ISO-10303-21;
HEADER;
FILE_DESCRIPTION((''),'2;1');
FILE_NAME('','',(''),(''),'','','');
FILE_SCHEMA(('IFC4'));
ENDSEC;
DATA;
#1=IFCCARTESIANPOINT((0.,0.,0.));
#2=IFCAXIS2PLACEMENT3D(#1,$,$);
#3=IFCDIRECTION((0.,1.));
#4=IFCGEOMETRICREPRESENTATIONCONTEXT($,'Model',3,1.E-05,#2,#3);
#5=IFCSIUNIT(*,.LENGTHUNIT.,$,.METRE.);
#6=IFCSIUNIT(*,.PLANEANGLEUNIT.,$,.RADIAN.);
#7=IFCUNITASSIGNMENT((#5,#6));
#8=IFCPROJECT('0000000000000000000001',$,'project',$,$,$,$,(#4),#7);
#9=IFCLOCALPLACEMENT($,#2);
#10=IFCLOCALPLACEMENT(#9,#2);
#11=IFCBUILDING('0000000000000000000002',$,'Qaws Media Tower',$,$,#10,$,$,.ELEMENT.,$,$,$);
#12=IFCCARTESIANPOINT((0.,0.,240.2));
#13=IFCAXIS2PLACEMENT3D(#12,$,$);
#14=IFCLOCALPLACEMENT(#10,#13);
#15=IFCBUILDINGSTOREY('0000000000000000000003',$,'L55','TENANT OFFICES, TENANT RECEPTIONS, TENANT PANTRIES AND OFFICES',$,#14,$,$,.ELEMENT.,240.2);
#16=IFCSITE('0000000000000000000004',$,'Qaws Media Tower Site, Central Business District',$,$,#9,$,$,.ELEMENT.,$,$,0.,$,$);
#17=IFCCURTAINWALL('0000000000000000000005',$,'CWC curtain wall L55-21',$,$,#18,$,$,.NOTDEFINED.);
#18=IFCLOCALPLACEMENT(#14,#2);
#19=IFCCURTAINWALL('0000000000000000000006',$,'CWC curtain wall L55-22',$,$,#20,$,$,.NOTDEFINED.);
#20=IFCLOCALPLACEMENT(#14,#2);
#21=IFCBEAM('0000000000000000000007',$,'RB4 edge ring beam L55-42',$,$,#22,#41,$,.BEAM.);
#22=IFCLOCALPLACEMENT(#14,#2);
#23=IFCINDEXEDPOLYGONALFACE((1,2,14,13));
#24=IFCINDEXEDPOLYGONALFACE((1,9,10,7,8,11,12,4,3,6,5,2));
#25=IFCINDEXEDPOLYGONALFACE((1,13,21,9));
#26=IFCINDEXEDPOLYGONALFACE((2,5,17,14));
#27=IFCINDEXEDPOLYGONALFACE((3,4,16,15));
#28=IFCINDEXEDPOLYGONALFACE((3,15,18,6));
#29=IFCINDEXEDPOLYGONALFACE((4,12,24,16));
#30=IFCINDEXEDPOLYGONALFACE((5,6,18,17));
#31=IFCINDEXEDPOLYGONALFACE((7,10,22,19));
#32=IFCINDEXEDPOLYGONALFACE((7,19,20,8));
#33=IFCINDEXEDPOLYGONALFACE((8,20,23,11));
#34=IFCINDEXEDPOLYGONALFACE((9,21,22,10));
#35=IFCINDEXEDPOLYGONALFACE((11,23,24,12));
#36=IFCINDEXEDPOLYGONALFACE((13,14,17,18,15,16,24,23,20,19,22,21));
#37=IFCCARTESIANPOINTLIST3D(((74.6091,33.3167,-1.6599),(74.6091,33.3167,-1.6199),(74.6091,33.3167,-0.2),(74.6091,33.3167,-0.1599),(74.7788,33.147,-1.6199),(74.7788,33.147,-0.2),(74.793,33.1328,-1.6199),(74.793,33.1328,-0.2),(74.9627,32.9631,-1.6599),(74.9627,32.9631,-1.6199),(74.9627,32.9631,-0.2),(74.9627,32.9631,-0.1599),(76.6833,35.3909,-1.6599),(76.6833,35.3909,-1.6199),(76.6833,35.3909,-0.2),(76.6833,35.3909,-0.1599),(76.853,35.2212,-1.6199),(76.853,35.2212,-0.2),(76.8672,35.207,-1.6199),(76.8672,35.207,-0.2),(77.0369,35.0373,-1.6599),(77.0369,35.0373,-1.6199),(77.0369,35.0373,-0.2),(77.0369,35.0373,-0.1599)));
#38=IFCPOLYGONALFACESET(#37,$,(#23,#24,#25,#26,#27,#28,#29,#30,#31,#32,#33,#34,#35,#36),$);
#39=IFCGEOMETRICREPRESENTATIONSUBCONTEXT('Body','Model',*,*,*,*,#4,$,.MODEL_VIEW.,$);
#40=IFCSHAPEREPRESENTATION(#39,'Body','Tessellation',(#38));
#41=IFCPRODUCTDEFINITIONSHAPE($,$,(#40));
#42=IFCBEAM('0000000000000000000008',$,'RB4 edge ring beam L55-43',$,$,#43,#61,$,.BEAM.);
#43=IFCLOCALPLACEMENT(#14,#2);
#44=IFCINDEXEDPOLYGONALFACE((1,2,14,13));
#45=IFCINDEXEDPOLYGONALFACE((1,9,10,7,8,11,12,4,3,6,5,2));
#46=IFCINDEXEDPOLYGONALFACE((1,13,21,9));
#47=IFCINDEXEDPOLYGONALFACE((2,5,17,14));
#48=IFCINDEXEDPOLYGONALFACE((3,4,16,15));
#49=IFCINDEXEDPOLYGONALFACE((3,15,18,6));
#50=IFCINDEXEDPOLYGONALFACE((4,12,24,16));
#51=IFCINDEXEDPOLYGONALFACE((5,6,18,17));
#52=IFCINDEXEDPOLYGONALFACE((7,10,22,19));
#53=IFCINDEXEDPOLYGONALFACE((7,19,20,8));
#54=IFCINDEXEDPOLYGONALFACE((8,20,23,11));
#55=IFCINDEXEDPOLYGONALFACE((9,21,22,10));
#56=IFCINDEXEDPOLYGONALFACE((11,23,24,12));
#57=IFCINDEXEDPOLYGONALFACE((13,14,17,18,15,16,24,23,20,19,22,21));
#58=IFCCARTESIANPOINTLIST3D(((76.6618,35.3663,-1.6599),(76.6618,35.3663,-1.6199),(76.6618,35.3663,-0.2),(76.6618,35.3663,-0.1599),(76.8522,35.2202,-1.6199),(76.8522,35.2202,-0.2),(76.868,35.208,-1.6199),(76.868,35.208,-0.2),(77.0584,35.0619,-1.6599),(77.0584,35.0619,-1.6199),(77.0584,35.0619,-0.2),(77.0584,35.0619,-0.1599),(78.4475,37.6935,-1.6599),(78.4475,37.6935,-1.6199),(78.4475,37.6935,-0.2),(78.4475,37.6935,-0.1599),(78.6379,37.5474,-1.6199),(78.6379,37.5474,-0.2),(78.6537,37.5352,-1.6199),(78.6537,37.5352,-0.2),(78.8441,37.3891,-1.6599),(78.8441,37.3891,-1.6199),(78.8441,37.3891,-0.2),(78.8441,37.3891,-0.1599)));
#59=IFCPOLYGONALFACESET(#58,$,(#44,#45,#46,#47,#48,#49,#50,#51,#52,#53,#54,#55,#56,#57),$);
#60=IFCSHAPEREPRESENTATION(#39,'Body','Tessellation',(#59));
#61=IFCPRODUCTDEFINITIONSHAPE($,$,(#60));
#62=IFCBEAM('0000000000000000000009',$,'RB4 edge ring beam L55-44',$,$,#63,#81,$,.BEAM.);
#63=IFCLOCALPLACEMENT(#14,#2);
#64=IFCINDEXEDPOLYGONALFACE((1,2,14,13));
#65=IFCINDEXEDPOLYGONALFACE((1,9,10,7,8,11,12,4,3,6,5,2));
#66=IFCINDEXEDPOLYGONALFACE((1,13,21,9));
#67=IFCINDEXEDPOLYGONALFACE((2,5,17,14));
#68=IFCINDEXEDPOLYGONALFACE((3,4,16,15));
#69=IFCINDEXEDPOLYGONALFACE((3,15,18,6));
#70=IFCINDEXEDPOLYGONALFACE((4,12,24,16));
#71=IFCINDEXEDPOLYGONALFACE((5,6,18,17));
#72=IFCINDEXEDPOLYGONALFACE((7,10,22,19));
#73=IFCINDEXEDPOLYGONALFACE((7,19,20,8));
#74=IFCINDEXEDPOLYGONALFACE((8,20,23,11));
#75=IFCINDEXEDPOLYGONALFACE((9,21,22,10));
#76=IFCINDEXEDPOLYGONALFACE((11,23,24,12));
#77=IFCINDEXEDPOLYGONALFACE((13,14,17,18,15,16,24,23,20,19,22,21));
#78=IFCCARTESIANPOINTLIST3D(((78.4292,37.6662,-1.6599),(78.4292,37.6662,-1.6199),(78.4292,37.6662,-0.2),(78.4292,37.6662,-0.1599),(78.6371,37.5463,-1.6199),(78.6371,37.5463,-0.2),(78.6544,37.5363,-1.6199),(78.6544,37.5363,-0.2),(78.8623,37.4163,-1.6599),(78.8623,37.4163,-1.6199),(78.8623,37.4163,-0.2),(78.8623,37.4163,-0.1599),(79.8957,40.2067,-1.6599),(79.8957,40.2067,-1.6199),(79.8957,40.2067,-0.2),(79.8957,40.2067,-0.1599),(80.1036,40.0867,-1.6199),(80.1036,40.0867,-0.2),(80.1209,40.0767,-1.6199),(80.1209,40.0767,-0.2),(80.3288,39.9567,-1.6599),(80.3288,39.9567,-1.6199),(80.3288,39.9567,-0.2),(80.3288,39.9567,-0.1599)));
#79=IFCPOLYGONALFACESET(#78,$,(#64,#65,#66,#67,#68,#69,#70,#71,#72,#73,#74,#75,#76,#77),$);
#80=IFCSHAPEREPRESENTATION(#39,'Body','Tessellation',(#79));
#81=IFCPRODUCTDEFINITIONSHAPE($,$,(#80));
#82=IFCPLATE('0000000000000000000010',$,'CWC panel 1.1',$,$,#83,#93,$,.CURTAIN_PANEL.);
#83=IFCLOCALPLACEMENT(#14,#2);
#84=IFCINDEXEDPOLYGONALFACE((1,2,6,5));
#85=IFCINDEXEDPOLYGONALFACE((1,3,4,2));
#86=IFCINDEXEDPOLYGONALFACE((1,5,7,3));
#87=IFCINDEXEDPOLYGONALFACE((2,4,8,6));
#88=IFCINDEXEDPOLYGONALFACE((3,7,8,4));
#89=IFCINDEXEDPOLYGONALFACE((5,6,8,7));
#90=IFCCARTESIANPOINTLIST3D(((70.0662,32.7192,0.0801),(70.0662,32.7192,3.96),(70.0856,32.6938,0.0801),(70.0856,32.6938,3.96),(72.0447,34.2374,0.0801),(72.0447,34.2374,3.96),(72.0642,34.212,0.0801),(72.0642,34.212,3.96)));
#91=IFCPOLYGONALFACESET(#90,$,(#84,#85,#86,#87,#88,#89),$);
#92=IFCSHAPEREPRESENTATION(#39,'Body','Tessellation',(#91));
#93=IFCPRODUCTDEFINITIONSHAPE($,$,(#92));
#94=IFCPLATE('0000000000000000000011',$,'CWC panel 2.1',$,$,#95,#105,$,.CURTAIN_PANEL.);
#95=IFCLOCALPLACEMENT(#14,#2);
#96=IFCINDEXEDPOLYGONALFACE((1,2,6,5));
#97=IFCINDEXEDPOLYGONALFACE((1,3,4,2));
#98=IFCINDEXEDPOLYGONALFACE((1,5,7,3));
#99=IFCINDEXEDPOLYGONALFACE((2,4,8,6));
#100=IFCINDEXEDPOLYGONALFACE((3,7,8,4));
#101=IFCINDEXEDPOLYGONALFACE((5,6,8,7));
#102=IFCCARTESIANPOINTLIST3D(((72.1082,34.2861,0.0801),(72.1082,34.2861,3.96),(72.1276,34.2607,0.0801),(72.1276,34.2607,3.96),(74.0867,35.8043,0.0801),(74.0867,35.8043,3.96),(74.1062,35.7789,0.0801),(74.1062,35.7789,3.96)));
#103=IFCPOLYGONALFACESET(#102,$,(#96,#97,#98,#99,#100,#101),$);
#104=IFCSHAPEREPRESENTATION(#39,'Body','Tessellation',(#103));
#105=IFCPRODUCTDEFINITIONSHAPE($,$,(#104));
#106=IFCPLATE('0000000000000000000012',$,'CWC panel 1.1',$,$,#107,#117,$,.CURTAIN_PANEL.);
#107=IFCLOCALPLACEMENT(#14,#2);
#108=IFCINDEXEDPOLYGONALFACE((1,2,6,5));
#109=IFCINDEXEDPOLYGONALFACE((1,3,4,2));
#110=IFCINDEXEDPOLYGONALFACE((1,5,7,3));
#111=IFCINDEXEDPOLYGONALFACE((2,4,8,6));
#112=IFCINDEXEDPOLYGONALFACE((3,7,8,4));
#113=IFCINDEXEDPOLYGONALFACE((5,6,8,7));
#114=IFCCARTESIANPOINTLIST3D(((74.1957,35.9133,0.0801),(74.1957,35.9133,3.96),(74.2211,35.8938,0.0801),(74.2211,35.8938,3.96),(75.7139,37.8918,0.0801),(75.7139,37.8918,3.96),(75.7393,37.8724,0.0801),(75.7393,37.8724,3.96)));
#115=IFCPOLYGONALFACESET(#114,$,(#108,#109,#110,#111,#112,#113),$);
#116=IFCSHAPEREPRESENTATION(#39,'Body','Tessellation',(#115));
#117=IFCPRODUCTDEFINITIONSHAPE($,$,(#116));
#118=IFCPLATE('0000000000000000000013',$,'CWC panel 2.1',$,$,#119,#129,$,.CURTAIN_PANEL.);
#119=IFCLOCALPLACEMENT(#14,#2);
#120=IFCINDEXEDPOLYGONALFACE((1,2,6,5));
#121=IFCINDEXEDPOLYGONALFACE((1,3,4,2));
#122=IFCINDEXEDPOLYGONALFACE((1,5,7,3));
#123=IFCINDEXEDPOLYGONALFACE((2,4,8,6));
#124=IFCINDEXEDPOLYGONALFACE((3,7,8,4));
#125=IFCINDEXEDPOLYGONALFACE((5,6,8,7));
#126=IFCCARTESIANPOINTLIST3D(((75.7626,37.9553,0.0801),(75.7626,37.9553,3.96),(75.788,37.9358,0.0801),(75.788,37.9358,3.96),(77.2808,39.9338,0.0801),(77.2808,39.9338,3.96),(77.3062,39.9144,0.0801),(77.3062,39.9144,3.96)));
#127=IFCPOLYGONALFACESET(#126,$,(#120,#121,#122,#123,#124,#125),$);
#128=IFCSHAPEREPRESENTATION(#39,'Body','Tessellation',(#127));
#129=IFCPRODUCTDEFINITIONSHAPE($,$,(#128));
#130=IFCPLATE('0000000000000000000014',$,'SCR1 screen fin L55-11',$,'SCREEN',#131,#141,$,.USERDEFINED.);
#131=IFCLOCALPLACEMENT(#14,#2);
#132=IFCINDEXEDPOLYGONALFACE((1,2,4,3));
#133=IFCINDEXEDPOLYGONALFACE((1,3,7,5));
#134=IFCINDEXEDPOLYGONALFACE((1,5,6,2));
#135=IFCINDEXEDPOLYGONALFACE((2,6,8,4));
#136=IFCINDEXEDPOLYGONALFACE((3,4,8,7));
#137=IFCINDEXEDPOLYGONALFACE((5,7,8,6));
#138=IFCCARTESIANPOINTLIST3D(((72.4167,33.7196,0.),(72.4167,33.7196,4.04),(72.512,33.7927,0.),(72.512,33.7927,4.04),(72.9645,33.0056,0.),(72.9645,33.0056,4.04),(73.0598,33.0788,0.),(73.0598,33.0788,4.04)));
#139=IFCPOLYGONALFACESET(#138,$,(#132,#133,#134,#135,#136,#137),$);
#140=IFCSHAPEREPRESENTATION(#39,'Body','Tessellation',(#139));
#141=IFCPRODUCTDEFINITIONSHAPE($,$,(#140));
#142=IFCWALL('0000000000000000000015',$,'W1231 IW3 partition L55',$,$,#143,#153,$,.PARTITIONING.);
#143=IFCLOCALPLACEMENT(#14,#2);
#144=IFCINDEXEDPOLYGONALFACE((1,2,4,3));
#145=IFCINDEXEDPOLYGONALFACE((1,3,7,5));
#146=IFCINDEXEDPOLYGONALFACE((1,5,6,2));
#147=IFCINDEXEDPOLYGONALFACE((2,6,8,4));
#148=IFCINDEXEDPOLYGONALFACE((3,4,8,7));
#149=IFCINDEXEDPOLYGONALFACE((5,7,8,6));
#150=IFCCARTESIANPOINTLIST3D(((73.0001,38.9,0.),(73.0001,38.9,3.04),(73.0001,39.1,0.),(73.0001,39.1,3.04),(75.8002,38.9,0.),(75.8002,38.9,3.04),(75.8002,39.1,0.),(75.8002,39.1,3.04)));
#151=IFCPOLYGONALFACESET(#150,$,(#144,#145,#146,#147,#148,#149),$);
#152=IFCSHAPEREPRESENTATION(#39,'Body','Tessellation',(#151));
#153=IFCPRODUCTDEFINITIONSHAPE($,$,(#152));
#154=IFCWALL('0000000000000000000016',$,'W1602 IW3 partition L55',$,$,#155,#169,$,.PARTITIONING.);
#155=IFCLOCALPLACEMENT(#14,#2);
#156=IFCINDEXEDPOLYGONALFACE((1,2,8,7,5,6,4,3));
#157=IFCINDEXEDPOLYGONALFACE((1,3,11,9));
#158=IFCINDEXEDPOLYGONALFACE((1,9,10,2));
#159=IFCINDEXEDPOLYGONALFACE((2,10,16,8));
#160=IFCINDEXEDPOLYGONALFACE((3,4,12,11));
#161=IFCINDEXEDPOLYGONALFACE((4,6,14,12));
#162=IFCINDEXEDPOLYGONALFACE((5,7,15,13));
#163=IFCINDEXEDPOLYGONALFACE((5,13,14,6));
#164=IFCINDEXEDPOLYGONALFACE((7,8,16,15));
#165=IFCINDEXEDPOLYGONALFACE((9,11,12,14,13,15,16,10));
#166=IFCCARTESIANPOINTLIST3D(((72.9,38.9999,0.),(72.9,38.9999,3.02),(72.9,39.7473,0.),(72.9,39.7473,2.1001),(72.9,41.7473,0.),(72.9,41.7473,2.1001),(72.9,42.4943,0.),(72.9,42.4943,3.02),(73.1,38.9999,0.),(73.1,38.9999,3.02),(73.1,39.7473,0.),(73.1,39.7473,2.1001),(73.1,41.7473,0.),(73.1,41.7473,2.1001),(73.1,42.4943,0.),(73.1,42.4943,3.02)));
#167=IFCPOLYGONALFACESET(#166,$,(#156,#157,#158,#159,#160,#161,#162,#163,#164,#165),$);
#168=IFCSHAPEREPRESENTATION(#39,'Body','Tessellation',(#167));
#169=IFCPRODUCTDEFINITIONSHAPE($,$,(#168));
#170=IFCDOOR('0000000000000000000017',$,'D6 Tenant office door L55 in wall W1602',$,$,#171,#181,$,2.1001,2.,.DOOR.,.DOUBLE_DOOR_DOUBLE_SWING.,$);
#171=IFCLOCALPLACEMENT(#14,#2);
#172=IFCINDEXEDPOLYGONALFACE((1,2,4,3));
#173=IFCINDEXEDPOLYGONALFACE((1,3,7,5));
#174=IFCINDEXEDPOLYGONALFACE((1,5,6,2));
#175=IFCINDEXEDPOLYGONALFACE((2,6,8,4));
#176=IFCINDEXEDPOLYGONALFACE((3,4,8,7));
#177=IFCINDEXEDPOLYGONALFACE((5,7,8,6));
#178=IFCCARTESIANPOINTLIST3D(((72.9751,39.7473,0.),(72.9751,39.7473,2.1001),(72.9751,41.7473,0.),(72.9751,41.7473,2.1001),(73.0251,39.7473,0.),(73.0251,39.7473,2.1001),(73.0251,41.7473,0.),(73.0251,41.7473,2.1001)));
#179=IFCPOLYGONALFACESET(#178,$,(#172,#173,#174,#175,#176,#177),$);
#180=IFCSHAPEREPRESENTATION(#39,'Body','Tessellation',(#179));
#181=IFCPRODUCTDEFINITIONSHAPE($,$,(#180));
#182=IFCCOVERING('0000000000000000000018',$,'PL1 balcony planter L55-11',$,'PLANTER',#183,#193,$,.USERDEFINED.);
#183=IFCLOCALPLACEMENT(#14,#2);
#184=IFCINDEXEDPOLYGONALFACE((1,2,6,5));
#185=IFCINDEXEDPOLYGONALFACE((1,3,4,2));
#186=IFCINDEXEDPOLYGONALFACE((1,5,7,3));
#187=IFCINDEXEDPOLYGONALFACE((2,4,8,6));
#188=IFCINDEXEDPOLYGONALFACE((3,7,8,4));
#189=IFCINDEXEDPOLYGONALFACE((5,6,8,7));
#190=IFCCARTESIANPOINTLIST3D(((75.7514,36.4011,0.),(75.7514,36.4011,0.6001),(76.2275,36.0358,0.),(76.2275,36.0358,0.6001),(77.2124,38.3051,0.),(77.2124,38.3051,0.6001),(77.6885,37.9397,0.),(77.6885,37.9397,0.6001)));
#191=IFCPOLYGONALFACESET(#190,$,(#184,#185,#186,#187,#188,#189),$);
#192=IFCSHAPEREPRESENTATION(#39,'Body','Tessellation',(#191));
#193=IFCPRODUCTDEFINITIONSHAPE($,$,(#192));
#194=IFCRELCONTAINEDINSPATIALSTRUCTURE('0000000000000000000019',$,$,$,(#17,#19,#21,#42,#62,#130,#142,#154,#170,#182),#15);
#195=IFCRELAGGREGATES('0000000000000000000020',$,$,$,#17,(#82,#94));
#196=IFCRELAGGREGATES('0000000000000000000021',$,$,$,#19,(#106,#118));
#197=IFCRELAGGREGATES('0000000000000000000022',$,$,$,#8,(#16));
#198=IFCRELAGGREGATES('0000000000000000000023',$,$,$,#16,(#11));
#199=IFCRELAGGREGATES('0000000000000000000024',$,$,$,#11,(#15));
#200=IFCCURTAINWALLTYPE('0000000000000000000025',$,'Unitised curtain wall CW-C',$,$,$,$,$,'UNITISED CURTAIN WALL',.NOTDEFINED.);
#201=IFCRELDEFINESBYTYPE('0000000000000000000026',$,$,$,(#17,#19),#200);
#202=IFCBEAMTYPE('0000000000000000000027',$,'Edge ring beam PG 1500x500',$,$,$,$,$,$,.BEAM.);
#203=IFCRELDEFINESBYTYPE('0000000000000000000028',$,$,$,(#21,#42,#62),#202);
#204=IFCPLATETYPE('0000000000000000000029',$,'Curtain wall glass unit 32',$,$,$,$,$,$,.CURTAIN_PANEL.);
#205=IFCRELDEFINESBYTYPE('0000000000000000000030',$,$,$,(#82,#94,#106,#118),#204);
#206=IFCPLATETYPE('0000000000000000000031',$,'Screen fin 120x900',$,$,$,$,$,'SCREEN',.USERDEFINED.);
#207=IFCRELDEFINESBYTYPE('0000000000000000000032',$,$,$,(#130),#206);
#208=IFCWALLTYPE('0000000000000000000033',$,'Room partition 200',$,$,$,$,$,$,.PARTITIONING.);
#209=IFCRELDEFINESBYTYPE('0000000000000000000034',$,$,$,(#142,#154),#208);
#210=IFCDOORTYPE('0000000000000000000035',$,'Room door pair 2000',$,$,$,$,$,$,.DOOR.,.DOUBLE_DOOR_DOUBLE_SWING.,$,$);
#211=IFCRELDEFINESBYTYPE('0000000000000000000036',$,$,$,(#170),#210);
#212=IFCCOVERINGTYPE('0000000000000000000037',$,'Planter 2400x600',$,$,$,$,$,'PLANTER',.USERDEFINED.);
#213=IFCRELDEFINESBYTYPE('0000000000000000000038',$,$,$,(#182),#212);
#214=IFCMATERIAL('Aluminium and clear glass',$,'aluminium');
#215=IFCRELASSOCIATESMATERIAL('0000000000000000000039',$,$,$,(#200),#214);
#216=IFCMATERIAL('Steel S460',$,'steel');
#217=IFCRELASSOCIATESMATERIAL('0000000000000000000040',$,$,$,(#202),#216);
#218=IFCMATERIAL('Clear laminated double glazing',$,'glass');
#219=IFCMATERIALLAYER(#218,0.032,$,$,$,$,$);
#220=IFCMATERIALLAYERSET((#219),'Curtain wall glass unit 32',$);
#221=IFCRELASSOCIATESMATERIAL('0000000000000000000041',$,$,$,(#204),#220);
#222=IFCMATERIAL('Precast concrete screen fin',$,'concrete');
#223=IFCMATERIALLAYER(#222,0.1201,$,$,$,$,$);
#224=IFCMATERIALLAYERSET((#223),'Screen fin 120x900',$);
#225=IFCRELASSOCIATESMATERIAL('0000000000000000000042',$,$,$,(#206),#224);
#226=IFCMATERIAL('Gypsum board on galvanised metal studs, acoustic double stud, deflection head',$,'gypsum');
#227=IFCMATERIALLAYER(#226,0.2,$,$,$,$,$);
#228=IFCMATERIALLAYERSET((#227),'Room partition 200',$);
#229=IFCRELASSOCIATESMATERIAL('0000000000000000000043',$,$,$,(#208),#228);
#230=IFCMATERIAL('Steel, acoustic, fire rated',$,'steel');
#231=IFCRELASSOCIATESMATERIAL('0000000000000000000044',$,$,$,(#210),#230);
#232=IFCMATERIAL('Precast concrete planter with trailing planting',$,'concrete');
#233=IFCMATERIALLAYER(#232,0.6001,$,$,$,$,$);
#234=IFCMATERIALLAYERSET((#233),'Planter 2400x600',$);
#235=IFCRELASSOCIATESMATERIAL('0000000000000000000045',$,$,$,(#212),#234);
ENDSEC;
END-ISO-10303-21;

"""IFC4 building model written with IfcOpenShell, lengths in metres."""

from ifc_helpers import new_model, si_unit, direction, frame, frame_2d, origin, origin_2d, place, context, subcontext, project, spatial, rectangle, i_section, extrude, material, layer, layer_set, material_profile, profile_set, type_object, element, fill, aggregate, save


model = new_model("IFC4")

# Units and contexts
model_context = context("Model", 3, precision=1e-05, world=origin(), true_north=direction((0.0, 1.0)))
body_context = subcontext(model_context, "Body", "Model", "MODEL_VIEW")
ifc_project = project(units=[si_unit("LENGTHUNIT", "METRE"), si_unit("PLANEANGLEUNIT", "RADIAN")], contexts=[model_context])

# Site, building, storey
site_placement = place(None, origin())
site = spatial("IfcSite", under=ifc_project, at=site_placement, Name="Qaws Media Tower Site, Central Business District", CompositionType="ELEMENT", RefElevation=0.0)
building_placement = place(site_placement, origin())
building = spatial("IfcBuilding", under=site, at=building_placement, Name="Qaws Media Tower", CompositionType="ELEMENT")
storey_placement = place(building_placement, frame((0.0, 0.0, 240.2)))
storey = spatial("IfcBuildingStorey", under=building, at=storey_placement, Name="L55", Description="TENANT OFFICES, TENANT RECEPTIONS, TENANT PANTRIES AND OFFICES", CompositionType="ELEMENT", Elevation=240.2)

# Curtain walls
ifc_material_1 = material(Name="Aluminium and clear glass", Category="aluminium")
curtain_wall_type = type_object("IfcCurtainWallType", Name="Unitised curtain wall CW-C", ElementType="UNITISED CURTAIN WALL", PredefinedType="NOTDEFINED", material=ifc_material_1)
curtain_wall_1_placement = place(storey_placement, origin())
curtain_wall_1 = element("IfcCurtainWall", 1, at=curtain_wall_1_placement, inside=storey, type_object=curtain_wall_type, Name="CWC curtain wall L55-21", PredefinedType="NOTDEFINED")
curtain_wall_2_placement = place(storey_placement, origin())
curtain_wall_2 = element("IfcCurtainWall", 2, at=curtain_wall_2_placement, inside=storey, type_object=curtain_wall_type, Name="CWC curtain wall L55-22", PredefinedType="NOTDEFINED")

# Beams
ifc_material_2 = material(Name="Steel S460", Category="steel")
ifc_material_profile_1 = material_profile(ifc_material_2, i_section(OverallWidth=0.5, OverallDepth=1.5, WebThickness=0.02, FlangeThickness=0.04, at=origin_2d()), Name="PG 1500x500")
ifc_profile_set_1 = profile_set([ifc_material_profile_1], Name="Steel S460")
beam_type = type_object("IfcBeamType", Name="Edge ring beam PG 1500x500", PredefinedType="BEAM", material=ifc_profile_set_1)
for number, where, z_axis, x_axis, name in (
    (3, (74.7859, 33.1399, -0.9099), (0.707107, 0.707107, 0.0), (-0.707107, 0.707107, 0.0), "RB4 edge ring beam L55-42"),
    (4, (76.8601, 35.2141, -0.9099), (0.608753, 0.79336, 0.0), (-0.79336, 0.608753, 0.0), "RB4 edge ring beam L55-43"),
    (5, (78.6458, 37.5413, -0.9099), (0.499943, 0.866058, 0.0), (-0.866058, 0.499943, 0.0), "RB4 edge ring beam L55-44"),
):
    element("IfcBeam", number, at=place(storey_placement, frame(where, z_axis=z_axis, x_axis=x_axis)), inside=storey, type_object=beam_type, Name=name, PredefinedType="BEAM", context=body_context, shape_type="SweptSolid", body=[
        extrude(i_section(OverallWidth=0.5, OverallDepth=1.5, WebThickness=0.02, FlangeThickness=0.04, at=origin_2d()), origin(), (0.0, 0.0, 1.0), 2.9333),
    ])

# Plates
ifc_material_3 = material(Name="Clear laminated double glazing", Category="glass")
ifc_layer_1 = layer(ifc_material_3, 0.032)
ifc_layer_set_1 = layer_set([ifc_layer_1], Name="Curtain wall glass unit 32")
plate_type_1 = type_object("IfcPlateType", Name="Curtain wall glass unit 32", PredefinedType="CURTAIN_PANEL", material=ifc_layer_set_1)
plate_1_placement = place(storey_placement, frame((71.0652, 33.4656, 0.0801), z_axis=(0.0, 0.0, 1.0), x_axis=(0.793353, 0.608762, 0.0)))
plate_1 = element("IfcPlate", 6, at=plate_1_placement, type_object=plate_type_1, Name="CWC panel 1.1", PredefinedType="CURTAIN_PANEL", context=body_context, shape_type="SweptSolid", body=[
    extrude(rectangle(XDim=2.4939, YDim=0.032, at=origin_2d()), origin(), (0.0, 0.0, 1.0), 3.8799),
])
plate_2_placement = place(storey_placement, frame((73.1072, 35.0325, 0.0801), z_axis=(0.0, 0.0, 1.0), x_axis=(0.793353, 0.608762, 0.0)))
plate_2 = element("IfcPlate", 7, at=plate_2_placement, type_object=plate_type_1, Name="CWC panel 2.1", PredefinedType="CURTAIN_PANEL", context=body_context, shape_type="SweptSolid", body=[
    extrude(rectangle(XDim=2.4939, YDim=0.032, at=origin_2d()), origin(), (0.0, 0.0, 1.0), 3.8799),
])
aggregate(curtain_wall_1, [plate_1, plate_2])
plate_3_placement = place(storey_placement, frame((74.9675, 36.8928, 0.0801), z_axis=(0.0, 0.0, 1.0), x_axis=(0.608762, 0.793353, 0.0)))
plate_3 = element("IfcPlate", 8, at=plate_3_placement, type_object=plate_type_1, Name="CWC panel 1.1", PredefinedType="CURTAIN_PANEL", context=body_context, shape_type="SweptSolid", body=[
    extrude(rectangle(XDim=2.4939, YDim=0.032, at=origin_2d()), origin(), (0.0, 0.0, 1.0), 3.8799),
])
plate_4_placement = place(storey_placement, frame((76.5344, 38.9348, 0.0801), z_axis=(0.0, 0.0, 1.0), x_axis=(0.608762, 0.793353, 0.0)))
plate_4 = element("IfcPlate", 9, at=plate_4_placement, type_object=plate_type_1, Name="CWC panel 2.1", PredefinedType="CURTAIN_PANEL", context=body_context, shape_type="SweptSolid", body=[
    extrude(rectangle(XDim=2.4939, YDim=0.032, at=origin_2d()), origin(), (0.0, 0.0, 1.0), 3.8799),
])
aggregate(curtain_wall_2, [plate_3, plate_4])
ifc_material_4 = material(Name="Precast concrete screen fin", Category="concrete")
ifc_layer_2 = layer(ifc_material_4, 0.1201)
ifc_layer_set_2 = layer_set([ifc_layer_2], Name="Screen fin 120x900")
plate_type_2 = type_object("IfcPlateType", Name="Screen fin 120x900", ElementType="SCREEN", PredefinedType="USERDEFINED", material=ifc_layer_set_2)
plate_5_placement = place(storey_placement, frame((72.7383, 33.3992, 0.0), z_axis=(0.0, 0.0, 1.0), x_axis=(0.608761, -0.793353, 0.0)))
element("IfcPlate", 10, at=plate_5_placement, inside=storey, type_object=plate_type_2, Name="SCR1 screen fin L55-11", ObjectType="SCREEN", PredefinedType="USERDEFINED", context=body_context, shape_type="SweptSolid", body=[
    extrude(rectangle(XDim=0.8999, YDim=0.1201, at=origin_2d()), origin(), (0.0, 0.0, 1.0), 4.04),
])

# Wall
ifc_material_5 = material(Name="Gypsum board on galvanised metal studs, acoustic double stud, deflection head", Category="gypsum")
ifc_layer_3 = layer(ifc_material_5, 0.2)
ifc_layer_set_3 = layer_set([ifc_layer_3], Name="Room partition 200")
wall_type = type_object("IfcWallType", Name="Room partition 200", PredefinedType="PARTITIONING", material=ifc_layer_set_3)
wall_1_placement = place(storey_placement, frame((75.8, 39.0, 0.0), z_axis=(0.0, 0.0, 1.0), x_axis=(-1.0, 0.0, 0.0)))
element("IfcWall", 11, at=wall_1_placement, inside=storey, type_object=wall_type, Name="W1231 IW3 partition L55", PredefinedType="PARTITIONING", context=body_context, shape_type="SweptSolid", body=[
    extrude(rectangle(XDim=2.8, YDim=0.2, at=frame_2d((1.3999, 0.0))), origin(), (0.0, 0.0, 1.0), 3.04),
])

# Wall, opening, door
wall_2_placement = place(storey_placement, frame((73.0, 39.0, 0.0), z_axis=(0.0, 0.0, 1.0), x_axis=(0.0, 1.0, 0.0)))
wall_2 = element("IfcWall", 12, at=wall_2_placement, inside=storey, type_object=wall_type, Name="W1602 IW3 partition L55", PredefinedType="PARTITIONING", context=body_context, shape_type="SweptSolid", body=[
    extrude(rectangle(XDim=3.4944, YDim=0.2, at=frame_2d((1.7471, 0.0))), origin(), (0.0, 0.0, 1.0), 3.02),
])
opening_placement = place(wall_2_placement, frame((0.7473, 0.0, 0.0)))
opening = element("IfcOpeningElement", 13, at=opening_placement, cuts=wall_2, PredefinedType="OPENING", context=body_context, shape_type="SweptSolid", body=[
    extrude(rectangle(XDim=2.0, YDim=2.1001, at=frame_2d((1.0, 1.05))), frame((0.0, 0.1099, 0.0), z_axis=(0.0, -1.0, 0.0), x_axis=(1.0, 0.0, 0.0)), (0.0, 0.0, 1.0), 0.22),
])
ifc_material_6 = material(Name="Steel, acoustic, fire rated", Category="steel")
door_type = type_object("IfcDoorType", Name="Room door pair 2000", OperationType="DOUBLE_DOOR_DOUBLE_SWING", PredefinedType="DOOR", material=ifc_material_6)
door_placement = place(opening_placement, origin())
door = element("IfcDoor", 14, at=door_placement, inside=storey, type_object=door_type, Name="D6 Tenant office door L55 in wall W1602", OperationType="DOUBLE_DOOR_DOUBLE_SWING", OverallHeight=2.1001, OverallWidth=2.0, PredefinedType="DOOR", context=body_context, shape_type="SweptSolid", body=[
    extrude(rectangle(XDim=2.0, YDim=2.1001, at=frame_2d((1.0, 1.05))), frame((0.0, 0.0249, 0.0), z_axis=(0.0, -1.0, 0.0), x_axis=(1.0, 0.0, 0.0)), (0.0, 0.0, 1.0), 0.05),
])
fill(opening, door)

# Covering
ifc_material_7 = material(Name="Precast concrete planter with trailing planting", Category="concrete")
ifc_layer_4 = layer(ifc_material_7, 0.6001)
ifc_layer_set_4 = layer_set([ifc_layer_4], Name="Planter 2400x600")
covering_type = type_object("IfcCoveringType", Name="Planter 2400x600", ElementType="PLANTER", PredefinedType="USERDEFINED", material=ifc_layer_set_4)
covering_placement = place(storey_placement, frame((76.72, 37.1704, 0.0), z_axis=(0.0, 0.0, 1.0), x_axis=(0.608761, 0.793353, 0.0)))
element("IfcCovering", 15, at=covering_placement, inside=storey, type_object=covering_type, Name="PL1 balcony planter L55-11", ObjectType="PLANTER", PredefinedType="USERDEFINED", context=body_context, shape_type="SweptSolid", body=[
    extrude(rectangle(XDim=2.3999, YDim=0.6001, at=origin_2d()), origin(), (0.0, 0.0, 1.0), 0.6001),
])

save(model, "model.ifc")
